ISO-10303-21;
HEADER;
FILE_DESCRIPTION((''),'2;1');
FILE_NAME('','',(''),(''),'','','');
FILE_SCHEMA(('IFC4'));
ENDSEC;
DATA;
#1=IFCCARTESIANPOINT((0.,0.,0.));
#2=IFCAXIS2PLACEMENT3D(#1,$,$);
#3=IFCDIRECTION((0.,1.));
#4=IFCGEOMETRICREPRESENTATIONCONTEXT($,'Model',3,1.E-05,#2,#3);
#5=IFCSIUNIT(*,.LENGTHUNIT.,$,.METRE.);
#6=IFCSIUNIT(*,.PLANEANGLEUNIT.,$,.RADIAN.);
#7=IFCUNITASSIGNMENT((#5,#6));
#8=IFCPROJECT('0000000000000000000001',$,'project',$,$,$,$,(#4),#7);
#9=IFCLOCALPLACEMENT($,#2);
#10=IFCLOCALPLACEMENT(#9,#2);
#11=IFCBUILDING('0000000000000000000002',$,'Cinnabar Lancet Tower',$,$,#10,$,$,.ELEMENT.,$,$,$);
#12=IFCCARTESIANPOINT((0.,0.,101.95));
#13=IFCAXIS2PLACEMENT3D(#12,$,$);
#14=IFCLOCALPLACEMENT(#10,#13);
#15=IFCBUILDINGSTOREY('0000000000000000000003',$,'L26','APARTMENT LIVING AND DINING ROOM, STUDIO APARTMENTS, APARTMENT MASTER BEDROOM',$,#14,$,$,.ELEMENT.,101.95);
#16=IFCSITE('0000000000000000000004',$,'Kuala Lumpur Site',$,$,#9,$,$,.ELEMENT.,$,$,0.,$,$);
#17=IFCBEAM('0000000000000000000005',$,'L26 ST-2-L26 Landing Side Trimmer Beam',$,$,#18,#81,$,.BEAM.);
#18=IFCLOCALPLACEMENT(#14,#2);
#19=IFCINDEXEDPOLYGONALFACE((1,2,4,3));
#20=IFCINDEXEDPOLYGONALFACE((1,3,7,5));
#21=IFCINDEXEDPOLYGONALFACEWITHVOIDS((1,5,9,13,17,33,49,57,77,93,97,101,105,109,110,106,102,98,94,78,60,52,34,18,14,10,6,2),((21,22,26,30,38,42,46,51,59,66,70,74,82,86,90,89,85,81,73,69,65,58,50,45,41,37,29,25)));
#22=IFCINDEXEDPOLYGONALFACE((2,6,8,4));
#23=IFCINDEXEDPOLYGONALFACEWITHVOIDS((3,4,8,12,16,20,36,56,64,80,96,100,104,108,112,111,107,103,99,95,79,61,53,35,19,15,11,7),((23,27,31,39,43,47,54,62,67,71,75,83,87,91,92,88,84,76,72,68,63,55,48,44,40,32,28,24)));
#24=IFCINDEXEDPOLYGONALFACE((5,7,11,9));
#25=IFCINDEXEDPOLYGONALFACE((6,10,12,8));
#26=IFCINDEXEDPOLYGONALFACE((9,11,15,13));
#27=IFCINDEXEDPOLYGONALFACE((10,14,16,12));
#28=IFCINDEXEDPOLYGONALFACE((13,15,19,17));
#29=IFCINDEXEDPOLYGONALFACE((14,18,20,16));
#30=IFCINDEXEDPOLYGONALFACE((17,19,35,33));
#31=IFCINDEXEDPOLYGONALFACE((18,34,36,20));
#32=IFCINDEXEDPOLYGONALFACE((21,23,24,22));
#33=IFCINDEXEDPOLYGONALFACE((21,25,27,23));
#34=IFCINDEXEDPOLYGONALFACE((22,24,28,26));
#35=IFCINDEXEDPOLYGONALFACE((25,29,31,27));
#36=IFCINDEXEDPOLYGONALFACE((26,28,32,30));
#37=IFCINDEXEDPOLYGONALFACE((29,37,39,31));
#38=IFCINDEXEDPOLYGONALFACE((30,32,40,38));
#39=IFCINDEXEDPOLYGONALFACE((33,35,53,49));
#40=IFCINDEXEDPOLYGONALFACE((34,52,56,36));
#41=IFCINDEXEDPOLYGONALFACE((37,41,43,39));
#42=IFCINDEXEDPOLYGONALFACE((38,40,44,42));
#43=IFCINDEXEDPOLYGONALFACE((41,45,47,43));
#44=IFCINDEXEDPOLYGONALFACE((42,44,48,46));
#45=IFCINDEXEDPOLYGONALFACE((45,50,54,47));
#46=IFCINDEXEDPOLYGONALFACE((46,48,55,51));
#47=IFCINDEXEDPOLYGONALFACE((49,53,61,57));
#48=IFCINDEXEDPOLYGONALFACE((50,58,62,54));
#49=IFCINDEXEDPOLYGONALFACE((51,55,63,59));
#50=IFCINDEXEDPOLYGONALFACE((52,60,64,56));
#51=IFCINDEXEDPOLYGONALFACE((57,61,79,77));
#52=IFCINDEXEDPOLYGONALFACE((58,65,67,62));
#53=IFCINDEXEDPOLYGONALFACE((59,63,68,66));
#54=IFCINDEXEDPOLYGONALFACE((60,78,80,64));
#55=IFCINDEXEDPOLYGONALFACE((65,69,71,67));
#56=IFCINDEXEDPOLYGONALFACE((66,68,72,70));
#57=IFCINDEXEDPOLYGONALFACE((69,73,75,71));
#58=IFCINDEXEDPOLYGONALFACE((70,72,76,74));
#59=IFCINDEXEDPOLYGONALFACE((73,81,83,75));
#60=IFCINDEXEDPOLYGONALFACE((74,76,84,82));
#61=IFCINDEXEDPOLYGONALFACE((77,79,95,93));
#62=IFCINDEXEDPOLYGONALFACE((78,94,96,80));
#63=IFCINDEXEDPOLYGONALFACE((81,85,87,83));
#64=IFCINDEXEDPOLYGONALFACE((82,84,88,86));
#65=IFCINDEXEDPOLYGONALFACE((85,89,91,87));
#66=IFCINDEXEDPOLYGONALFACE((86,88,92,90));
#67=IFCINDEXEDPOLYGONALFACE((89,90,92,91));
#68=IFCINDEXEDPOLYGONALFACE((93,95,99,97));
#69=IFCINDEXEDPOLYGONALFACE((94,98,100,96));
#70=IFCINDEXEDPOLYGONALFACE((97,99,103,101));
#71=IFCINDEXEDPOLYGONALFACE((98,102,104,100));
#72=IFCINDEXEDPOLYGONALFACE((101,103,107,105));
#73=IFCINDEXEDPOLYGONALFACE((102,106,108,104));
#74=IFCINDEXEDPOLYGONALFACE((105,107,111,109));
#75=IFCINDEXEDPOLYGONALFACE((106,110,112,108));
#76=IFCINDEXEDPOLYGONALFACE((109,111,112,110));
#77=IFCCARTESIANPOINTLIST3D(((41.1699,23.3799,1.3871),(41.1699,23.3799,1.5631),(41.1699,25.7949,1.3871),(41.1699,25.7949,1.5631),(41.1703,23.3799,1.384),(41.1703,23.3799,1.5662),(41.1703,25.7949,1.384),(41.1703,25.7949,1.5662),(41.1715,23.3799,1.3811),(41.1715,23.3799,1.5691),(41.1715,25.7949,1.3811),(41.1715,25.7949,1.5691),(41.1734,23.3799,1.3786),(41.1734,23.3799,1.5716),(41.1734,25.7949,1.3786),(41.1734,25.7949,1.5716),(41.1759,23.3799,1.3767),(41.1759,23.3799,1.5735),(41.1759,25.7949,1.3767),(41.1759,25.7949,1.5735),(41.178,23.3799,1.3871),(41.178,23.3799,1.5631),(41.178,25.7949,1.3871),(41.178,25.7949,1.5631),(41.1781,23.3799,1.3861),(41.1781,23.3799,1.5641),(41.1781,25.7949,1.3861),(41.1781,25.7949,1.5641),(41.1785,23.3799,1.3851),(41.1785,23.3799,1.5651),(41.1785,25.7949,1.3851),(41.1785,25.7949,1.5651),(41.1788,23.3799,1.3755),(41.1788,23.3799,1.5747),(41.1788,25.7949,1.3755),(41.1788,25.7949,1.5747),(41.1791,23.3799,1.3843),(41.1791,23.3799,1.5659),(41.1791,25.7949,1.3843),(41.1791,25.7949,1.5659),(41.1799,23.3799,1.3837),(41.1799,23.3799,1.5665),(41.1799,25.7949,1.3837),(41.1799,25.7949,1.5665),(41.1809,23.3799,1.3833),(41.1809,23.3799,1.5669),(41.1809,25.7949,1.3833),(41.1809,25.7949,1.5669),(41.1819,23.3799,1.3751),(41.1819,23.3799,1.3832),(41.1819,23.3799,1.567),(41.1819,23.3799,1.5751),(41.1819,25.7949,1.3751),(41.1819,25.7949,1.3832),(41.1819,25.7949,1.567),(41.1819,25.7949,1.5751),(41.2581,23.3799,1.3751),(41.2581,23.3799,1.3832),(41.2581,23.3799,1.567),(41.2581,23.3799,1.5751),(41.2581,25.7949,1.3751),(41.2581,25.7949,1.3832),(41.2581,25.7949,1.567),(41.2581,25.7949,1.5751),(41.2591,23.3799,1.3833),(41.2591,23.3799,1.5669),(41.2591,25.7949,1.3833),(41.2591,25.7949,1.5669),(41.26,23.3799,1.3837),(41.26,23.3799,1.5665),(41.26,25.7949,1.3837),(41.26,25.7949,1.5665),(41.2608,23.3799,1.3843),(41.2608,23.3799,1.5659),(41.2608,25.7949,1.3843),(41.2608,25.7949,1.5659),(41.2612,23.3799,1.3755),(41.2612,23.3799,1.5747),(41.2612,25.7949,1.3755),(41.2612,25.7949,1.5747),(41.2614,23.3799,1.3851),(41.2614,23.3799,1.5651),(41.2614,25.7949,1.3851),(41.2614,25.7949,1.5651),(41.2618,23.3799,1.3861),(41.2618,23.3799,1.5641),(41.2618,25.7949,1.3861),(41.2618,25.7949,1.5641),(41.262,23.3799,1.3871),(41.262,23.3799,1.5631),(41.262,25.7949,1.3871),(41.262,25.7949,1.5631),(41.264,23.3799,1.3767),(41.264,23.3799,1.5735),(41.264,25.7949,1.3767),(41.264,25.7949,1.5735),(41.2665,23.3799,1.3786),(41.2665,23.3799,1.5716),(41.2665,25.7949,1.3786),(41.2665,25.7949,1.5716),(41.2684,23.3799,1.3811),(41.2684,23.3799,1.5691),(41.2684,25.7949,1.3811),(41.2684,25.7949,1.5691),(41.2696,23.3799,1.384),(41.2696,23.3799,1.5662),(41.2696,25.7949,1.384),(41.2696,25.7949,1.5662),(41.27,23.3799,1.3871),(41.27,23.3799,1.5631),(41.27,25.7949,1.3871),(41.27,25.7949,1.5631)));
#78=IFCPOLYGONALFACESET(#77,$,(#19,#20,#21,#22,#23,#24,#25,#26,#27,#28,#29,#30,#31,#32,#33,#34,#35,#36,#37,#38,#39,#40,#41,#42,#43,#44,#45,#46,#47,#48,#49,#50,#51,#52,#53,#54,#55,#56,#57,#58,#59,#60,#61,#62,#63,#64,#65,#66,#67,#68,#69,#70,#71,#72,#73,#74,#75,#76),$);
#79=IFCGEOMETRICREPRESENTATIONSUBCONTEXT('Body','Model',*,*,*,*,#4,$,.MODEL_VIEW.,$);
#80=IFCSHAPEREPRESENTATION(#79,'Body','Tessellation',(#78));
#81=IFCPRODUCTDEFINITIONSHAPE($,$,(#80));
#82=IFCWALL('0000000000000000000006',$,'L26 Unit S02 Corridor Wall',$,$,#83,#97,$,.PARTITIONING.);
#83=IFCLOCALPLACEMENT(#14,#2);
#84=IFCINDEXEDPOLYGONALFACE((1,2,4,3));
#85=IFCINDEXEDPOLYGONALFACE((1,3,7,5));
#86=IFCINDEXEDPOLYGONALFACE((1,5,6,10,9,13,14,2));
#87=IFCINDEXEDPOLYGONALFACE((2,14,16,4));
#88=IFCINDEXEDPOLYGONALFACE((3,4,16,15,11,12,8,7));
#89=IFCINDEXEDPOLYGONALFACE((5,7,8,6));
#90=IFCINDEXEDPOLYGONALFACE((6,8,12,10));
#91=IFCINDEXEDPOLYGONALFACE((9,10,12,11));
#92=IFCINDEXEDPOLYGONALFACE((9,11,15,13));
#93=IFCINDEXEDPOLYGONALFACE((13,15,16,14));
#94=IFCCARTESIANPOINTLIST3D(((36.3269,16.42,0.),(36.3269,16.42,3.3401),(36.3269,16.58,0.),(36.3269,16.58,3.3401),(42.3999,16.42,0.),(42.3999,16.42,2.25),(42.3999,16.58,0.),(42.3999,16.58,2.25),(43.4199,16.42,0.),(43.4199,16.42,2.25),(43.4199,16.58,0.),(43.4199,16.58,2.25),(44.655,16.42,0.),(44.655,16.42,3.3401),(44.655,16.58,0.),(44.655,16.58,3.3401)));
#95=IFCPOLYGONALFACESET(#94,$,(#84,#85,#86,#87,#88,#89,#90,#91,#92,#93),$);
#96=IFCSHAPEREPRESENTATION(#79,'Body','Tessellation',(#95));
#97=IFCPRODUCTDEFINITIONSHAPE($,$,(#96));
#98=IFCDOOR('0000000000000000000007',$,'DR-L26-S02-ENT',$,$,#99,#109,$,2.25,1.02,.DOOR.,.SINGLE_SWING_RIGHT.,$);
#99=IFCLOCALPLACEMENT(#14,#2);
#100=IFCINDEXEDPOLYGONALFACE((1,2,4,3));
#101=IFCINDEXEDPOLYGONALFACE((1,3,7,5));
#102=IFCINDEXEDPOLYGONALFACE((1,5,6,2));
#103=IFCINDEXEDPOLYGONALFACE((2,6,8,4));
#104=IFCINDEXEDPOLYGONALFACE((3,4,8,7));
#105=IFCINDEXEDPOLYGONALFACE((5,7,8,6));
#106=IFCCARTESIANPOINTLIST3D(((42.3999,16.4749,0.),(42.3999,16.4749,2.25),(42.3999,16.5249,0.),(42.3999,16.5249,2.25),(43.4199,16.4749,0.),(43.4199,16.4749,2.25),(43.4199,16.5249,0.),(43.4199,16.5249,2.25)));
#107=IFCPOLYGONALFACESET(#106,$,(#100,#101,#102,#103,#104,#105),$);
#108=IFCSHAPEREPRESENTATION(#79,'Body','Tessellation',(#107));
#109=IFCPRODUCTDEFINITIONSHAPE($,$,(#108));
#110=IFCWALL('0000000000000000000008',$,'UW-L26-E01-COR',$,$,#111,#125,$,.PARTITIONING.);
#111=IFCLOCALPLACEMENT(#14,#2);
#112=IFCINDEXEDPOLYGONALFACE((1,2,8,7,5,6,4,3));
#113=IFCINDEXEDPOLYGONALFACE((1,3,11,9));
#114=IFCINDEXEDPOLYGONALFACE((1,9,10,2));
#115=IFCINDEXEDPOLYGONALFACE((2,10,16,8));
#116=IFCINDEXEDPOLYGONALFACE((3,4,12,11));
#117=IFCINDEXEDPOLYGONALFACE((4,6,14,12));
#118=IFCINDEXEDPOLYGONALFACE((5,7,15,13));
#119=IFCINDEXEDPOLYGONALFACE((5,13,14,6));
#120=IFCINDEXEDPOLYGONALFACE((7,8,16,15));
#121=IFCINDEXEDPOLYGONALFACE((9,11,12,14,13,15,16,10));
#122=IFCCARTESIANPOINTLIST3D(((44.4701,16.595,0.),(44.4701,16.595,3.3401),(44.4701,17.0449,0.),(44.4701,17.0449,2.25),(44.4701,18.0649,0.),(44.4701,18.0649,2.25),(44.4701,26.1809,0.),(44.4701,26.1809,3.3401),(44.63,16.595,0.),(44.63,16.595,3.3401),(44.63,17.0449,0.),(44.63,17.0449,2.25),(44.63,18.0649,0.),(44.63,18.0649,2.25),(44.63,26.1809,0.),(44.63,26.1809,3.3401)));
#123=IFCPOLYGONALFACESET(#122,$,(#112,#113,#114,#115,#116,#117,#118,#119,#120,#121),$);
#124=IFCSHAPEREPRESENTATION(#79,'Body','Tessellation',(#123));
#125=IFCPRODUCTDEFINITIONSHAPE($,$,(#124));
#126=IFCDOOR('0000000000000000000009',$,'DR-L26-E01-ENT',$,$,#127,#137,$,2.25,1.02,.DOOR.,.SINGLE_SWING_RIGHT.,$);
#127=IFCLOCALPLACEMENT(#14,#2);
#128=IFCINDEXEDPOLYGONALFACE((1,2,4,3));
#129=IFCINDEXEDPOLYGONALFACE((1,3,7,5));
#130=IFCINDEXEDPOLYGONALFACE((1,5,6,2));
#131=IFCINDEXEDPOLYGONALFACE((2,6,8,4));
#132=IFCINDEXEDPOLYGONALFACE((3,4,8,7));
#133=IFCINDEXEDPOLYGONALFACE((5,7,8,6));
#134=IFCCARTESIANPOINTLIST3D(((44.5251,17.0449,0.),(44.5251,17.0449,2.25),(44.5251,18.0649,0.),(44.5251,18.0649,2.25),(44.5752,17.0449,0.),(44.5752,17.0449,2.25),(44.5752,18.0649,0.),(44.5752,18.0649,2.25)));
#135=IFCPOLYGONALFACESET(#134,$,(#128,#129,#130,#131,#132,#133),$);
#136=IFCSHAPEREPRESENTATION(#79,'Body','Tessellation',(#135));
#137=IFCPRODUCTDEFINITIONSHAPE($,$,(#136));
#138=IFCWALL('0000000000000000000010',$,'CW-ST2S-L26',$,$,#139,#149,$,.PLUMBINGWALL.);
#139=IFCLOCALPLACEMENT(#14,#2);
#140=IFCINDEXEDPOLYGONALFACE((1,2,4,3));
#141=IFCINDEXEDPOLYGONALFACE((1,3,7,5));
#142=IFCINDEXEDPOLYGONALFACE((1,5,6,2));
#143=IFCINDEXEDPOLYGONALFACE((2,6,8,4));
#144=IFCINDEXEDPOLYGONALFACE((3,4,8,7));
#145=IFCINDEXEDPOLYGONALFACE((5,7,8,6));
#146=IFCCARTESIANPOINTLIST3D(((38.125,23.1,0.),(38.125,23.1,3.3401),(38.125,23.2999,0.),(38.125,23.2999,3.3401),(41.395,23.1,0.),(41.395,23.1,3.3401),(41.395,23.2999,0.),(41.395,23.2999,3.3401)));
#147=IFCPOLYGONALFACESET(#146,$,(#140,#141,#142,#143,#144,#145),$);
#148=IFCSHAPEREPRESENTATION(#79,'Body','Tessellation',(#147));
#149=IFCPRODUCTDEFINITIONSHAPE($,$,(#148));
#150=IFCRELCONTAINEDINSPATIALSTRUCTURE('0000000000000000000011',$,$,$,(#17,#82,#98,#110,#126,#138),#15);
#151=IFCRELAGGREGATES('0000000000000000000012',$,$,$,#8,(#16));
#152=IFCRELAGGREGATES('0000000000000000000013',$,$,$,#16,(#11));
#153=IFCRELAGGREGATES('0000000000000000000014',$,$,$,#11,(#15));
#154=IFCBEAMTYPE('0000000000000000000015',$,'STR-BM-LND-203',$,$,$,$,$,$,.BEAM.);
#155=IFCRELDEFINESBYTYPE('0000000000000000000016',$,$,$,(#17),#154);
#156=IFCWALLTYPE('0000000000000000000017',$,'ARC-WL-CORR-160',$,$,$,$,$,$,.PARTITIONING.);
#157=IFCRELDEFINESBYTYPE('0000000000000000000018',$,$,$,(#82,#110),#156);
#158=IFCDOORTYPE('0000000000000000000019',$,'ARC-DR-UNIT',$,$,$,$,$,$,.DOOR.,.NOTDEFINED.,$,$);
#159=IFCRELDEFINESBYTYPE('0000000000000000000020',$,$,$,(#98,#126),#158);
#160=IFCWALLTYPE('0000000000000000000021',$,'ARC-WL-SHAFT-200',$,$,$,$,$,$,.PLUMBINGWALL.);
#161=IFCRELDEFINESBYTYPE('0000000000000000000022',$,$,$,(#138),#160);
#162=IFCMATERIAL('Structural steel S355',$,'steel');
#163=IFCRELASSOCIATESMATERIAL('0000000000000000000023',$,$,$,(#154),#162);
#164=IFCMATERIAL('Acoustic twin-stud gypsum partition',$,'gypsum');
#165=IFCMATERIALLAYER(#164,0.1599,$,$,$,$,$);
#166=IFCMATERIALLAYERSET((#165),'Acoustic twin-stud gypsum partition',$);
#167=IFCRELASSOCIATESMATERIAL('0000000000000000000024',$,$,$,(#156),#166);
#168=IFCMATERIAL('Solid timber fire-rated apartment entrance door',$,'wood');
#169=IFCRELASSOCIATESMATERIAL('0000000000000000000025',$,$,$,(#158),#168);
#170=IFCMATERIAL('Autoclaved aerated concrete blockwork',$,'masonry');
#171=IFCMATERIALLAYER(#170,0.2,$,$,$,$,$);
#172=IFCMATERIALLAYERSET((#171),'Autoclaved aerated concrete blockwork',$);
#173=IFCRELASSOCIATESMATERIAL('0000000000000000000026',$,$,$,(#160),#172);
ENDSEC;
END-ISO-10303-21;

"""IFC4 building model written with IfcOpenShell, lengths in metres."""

from ifc_helpers import new_model, si_unit, direction, frame, frame_2d, origin, origin_2d, place, context, subcontext, project, spatial, rectangle, hollow_rectangle, extrude, material, layer, layer_set, material_profile, profile_set, type_object, element, fill, save


model = new_model("IFC4")

# Units and contexts
model_context = context("Model", 3, precision=1e-05, world=origin(), true_north=direction((0.0, 1.0)))
body_context = subcontext(model_context, "Body", "Model", "MODEL_VIEW")
ifc_project = project(units=[si_unit("LENGTHUNIT", "METRE"), si_unit("PLANEANGLEUNIT", "RADIAN")], contexts=[model_context])

# Site, building, storey
site_placement = place(None, origin())
site = spatial("IfcSite", under=ifc_project, at=site_placement, Name="Kuala Lumpur Site", CompositionType="ELEMENT", RefElevation=0.0)
building_placement = place(site_placement, origin())
building = spatial("IfcBuilding", under=site, at=building_placement, Name="Cinnabar Lancet Tower", CompositionType="ELEMENT")
storey_placement = place(building_placement, frame((0.0, 0.0, 101.95)))
storey = spatial("IfcBuildingStorey", under=building, at=storey_placement, Name="L26", Description="APARTMENT LIVING AND DINING ROOM, STUDIO APARTMENTS, APARTMENT MASTER BEDROOM", CompositionType="ELEMENT", Elevation=101.95)

# Beam
ifc_material_1 = material(Name="Structural steel S355", Category="steel")
ifc_material_profile_1 = material_profile(ifc_material_1, hollow_rectangle(XDim=0.1001, YDim=0.2, WallThickness=0.0081, InnerFilletRadius=0.0039, OuterFilletRadius=0.012, at=origin_2d()), Name="RHS 200x100x8")
ifc_profile_set_1 = profile_set([ifc_material_profile_1], Name="Structural steel S355")
beam_type_1 = type_object("IfcBeamType", Name="STR-BM-LND-203", PredefinedType="BEAM", material=ifc_profile_set_1)
beam_1_placement = place(storey_placement, frame((41.22, 23.3799, 1.4751), z_axis=(0.0, 1.0, 0.0), x_axis=(-1.0, 0.0, 0.0)))
element("IfcBeam", 1, at=beam_1_placement, inside=storey, type_object=beam_type_1, Name="L26 ST-2-L26 Landing Side Trimmer Beam", PredefinedType="BEAM", context=body_context, shape_type="SweptSolid", body=[
    extrude(hollow_rectangle(XDim=0.1001, YDim=0.2, WallThickness=0.0081, InnerFilletRadius=0.0039, OuterFilletRadius=0.012, at=origin_2d()), origin(), (0.0, 0.0, 1.0), 2.415),
])

# Walls, openings, doors
ifc_material_2 = material(Name="Acoustic twin-stud gypsum partition", Category="gypsum")
ifc_layer_1 = layer(ifc_material_2, 0.1599)
ifc_layer_set_1 = layer_set([ifc_layer_1], Name="Acoustic twin-stud gypsum partition")
wall_type_1 = type_object("IfcWallType", Name="ARC-WL-CORR-160", PredefinedType="PARTITIONING", material=ifc_layer_set_1)
wall_1_placement = place(storey_placement, frame((36.3269, 16.5, 0.0), z_axis=(0.0, 0.0, 1.0), x_axis=(1.0, 0.0, 0.0)))
wall_1 = element("IfcWall", 2, at=wall_1_placement, inside=storey, type_object=wall_type_1, Name="L26 Unit S02 Corridor Wall", PredefinedType="PARTITIONING", context=body_context, shape_type="SweptSolid", body=[
    extrude(rectangle(XDim=8.3281, YDim=0.1599, at=frame_2d((4.1641, 0.0))), origin(), (0.0, 0.0, 1.0), 3.3401),
])
opening_1_placement = place(wall_1_placement, frame((6.073, 0.0, 0.0)))
opening_1 = element("IfcOpeningElement", 3, at=opening_1_placement, cuts=wall_1, PredefinedType="OPENING", context=body_context, shape_type="SweptSolid", body=[
    extrude(rectangle(XDim=1.02, YDim=2.25, at=frame_2d((0.51, 1.125))), frame((0.0, 0.0898, 0.0), z_axis=(0.0, -1.0, 0.0), x_axis=(1.0, 0.0, 0.0)), (0.0, 0.0, 1.0), 0.1799),
])
ifc_material_3 = material(Name="Solid timber fire-rated apartment entrance door", Category="wood")
door_type_1 = type_object("IfcDoorType", Name="ARC-DR-UNIT", OperationType="NOTDEFINED", PredefinedType="DOOR", material=ifc_material_3)
door_1_placement = place(opening_1_placement, origin())
door_1 = element("IfcDoor", 4, at=door_1_placement, inside=storey, type_object=door_type_1, Name="DR-L26-S02-ENT", OperationType="SINGLE_SWING_RIGHT", OverallHeight=2.25, OverallWidth=1.02, PredefinedType="DOOR", context=body_context, shape_type="SweptSolid", body=[
    extrude(rectangle(XDim=1.02, YDim=2.25, at=frame_2d((0.51, 1.125))), frame((0.0, 0.0249, 0.0), z_axis=(0.0, -1.0, 0.0), x_axis=(1.0, 0.0, 0.0)), (0.0, 0.0, 1.0), 0.05),
])
fill(opening_1, door_1)
wall_2_placement = place(storey_placement, frame((44.55, 16.595, 0.0), z_axis=(0.0, 0.0, 1.0), x_axis=(0.0, 1.0, 0.0)))
wall_2 = element("IfcWall", 5, at=wall_2_placement, inside=storey, type_object=wall_type_1, Name="UW-L26-E01-COR", PredefinedType="PARTITIONING", context=body_context, shape_type="SweptSolid", body=[
    extrude(rectangle(XDim=9.5859, YDim=0.1599, at=frame_2d((4.793, 0.0))), origin(), (0.0, 0.0, 1.0), 3.3401),
])
opening_2_placement = place(wall_2_placement, frame((0.45, 0.0, 0.0)))
opening_2 = element("IfcOpeningElement", 6, at=opening_2_placement, cuts=wall_2, PredefinedType="OPENING", context=body_context, shape_type="SweptSolid", body=[
    extrude(rectangle(XDim=1.02, YDim=2.25, at=frame_2d((0.51, 1.125))), frame((0.0, 0.0898, 0.0), z_axis=(0.0, -1.0, 0.0), x_axis=(1.0, 0.0, 0.0)), (0.0, 0.0, 1.0), 0.1799),
])
door_2_placement = place(opening_2_placement, origin())
door_2 = element("IfcDoor", 7, at=door_2_placement, inside=storey, type_object=door_type_1, Name="DR-L26-E01-ENT", OperationType="SINGLE_SWING_RIGHT", OverallHeight=2.25, OverallWidth=1.02, PredefinedType="DOOR", context=body_context, shape_type="SweptSolid", body=[
    extrude(rectangle(XDim=1.02, YDim=2.25, at=frame_2d((0.51, 1.125))), frame((0.0, 0.0249, 0.0), z_axis=(0.0, -1.0, 0.0), x_axis=(1.0, 0.0, 0.0)), (0.0, 0.0, 1.0), 0.05),
])
fill(opening_2, door_2)

# Wall
ifc_material_4 = material(Name="Autoclaved aerated concrete blockwork", Category="masonry")
ifc_layer_2 = layer(ifc_material_4, 0.2)
ifc_layer_set_2 = layer_set([ifc_layer_2], Name="Autoclaved aerated concrete blockwork")
wall_type_2 = type_object("IfcWallType", Name="ARC-WL-SHAFT-200", PredefinedType="PLUMBINGWALL", material=ifc_layer_set_2)
wall_3_placement = place(storey_placement, frame((38.125, 23.2, 0.0), z_axis=(0.0, 0.0, 1.0), x_axis=(1.0, 0.0, 0.0)))
element("IfcWall", 8, at=wall_3_placement, inside=storey, type_object=wall_type_2, Name="CW-ST2S-L26", PredefinedType="PLUMBINGWALL", context=body_context, shape_type="SweptSolid", body=[
    extrude(rectangle(XDim=3.27, YDim=0.2, at=frame_2d((1.635, 0.0))), origin(), (0.0, 0.0, 1.0), 3.3401),
])

save(model, "model.ifc")
